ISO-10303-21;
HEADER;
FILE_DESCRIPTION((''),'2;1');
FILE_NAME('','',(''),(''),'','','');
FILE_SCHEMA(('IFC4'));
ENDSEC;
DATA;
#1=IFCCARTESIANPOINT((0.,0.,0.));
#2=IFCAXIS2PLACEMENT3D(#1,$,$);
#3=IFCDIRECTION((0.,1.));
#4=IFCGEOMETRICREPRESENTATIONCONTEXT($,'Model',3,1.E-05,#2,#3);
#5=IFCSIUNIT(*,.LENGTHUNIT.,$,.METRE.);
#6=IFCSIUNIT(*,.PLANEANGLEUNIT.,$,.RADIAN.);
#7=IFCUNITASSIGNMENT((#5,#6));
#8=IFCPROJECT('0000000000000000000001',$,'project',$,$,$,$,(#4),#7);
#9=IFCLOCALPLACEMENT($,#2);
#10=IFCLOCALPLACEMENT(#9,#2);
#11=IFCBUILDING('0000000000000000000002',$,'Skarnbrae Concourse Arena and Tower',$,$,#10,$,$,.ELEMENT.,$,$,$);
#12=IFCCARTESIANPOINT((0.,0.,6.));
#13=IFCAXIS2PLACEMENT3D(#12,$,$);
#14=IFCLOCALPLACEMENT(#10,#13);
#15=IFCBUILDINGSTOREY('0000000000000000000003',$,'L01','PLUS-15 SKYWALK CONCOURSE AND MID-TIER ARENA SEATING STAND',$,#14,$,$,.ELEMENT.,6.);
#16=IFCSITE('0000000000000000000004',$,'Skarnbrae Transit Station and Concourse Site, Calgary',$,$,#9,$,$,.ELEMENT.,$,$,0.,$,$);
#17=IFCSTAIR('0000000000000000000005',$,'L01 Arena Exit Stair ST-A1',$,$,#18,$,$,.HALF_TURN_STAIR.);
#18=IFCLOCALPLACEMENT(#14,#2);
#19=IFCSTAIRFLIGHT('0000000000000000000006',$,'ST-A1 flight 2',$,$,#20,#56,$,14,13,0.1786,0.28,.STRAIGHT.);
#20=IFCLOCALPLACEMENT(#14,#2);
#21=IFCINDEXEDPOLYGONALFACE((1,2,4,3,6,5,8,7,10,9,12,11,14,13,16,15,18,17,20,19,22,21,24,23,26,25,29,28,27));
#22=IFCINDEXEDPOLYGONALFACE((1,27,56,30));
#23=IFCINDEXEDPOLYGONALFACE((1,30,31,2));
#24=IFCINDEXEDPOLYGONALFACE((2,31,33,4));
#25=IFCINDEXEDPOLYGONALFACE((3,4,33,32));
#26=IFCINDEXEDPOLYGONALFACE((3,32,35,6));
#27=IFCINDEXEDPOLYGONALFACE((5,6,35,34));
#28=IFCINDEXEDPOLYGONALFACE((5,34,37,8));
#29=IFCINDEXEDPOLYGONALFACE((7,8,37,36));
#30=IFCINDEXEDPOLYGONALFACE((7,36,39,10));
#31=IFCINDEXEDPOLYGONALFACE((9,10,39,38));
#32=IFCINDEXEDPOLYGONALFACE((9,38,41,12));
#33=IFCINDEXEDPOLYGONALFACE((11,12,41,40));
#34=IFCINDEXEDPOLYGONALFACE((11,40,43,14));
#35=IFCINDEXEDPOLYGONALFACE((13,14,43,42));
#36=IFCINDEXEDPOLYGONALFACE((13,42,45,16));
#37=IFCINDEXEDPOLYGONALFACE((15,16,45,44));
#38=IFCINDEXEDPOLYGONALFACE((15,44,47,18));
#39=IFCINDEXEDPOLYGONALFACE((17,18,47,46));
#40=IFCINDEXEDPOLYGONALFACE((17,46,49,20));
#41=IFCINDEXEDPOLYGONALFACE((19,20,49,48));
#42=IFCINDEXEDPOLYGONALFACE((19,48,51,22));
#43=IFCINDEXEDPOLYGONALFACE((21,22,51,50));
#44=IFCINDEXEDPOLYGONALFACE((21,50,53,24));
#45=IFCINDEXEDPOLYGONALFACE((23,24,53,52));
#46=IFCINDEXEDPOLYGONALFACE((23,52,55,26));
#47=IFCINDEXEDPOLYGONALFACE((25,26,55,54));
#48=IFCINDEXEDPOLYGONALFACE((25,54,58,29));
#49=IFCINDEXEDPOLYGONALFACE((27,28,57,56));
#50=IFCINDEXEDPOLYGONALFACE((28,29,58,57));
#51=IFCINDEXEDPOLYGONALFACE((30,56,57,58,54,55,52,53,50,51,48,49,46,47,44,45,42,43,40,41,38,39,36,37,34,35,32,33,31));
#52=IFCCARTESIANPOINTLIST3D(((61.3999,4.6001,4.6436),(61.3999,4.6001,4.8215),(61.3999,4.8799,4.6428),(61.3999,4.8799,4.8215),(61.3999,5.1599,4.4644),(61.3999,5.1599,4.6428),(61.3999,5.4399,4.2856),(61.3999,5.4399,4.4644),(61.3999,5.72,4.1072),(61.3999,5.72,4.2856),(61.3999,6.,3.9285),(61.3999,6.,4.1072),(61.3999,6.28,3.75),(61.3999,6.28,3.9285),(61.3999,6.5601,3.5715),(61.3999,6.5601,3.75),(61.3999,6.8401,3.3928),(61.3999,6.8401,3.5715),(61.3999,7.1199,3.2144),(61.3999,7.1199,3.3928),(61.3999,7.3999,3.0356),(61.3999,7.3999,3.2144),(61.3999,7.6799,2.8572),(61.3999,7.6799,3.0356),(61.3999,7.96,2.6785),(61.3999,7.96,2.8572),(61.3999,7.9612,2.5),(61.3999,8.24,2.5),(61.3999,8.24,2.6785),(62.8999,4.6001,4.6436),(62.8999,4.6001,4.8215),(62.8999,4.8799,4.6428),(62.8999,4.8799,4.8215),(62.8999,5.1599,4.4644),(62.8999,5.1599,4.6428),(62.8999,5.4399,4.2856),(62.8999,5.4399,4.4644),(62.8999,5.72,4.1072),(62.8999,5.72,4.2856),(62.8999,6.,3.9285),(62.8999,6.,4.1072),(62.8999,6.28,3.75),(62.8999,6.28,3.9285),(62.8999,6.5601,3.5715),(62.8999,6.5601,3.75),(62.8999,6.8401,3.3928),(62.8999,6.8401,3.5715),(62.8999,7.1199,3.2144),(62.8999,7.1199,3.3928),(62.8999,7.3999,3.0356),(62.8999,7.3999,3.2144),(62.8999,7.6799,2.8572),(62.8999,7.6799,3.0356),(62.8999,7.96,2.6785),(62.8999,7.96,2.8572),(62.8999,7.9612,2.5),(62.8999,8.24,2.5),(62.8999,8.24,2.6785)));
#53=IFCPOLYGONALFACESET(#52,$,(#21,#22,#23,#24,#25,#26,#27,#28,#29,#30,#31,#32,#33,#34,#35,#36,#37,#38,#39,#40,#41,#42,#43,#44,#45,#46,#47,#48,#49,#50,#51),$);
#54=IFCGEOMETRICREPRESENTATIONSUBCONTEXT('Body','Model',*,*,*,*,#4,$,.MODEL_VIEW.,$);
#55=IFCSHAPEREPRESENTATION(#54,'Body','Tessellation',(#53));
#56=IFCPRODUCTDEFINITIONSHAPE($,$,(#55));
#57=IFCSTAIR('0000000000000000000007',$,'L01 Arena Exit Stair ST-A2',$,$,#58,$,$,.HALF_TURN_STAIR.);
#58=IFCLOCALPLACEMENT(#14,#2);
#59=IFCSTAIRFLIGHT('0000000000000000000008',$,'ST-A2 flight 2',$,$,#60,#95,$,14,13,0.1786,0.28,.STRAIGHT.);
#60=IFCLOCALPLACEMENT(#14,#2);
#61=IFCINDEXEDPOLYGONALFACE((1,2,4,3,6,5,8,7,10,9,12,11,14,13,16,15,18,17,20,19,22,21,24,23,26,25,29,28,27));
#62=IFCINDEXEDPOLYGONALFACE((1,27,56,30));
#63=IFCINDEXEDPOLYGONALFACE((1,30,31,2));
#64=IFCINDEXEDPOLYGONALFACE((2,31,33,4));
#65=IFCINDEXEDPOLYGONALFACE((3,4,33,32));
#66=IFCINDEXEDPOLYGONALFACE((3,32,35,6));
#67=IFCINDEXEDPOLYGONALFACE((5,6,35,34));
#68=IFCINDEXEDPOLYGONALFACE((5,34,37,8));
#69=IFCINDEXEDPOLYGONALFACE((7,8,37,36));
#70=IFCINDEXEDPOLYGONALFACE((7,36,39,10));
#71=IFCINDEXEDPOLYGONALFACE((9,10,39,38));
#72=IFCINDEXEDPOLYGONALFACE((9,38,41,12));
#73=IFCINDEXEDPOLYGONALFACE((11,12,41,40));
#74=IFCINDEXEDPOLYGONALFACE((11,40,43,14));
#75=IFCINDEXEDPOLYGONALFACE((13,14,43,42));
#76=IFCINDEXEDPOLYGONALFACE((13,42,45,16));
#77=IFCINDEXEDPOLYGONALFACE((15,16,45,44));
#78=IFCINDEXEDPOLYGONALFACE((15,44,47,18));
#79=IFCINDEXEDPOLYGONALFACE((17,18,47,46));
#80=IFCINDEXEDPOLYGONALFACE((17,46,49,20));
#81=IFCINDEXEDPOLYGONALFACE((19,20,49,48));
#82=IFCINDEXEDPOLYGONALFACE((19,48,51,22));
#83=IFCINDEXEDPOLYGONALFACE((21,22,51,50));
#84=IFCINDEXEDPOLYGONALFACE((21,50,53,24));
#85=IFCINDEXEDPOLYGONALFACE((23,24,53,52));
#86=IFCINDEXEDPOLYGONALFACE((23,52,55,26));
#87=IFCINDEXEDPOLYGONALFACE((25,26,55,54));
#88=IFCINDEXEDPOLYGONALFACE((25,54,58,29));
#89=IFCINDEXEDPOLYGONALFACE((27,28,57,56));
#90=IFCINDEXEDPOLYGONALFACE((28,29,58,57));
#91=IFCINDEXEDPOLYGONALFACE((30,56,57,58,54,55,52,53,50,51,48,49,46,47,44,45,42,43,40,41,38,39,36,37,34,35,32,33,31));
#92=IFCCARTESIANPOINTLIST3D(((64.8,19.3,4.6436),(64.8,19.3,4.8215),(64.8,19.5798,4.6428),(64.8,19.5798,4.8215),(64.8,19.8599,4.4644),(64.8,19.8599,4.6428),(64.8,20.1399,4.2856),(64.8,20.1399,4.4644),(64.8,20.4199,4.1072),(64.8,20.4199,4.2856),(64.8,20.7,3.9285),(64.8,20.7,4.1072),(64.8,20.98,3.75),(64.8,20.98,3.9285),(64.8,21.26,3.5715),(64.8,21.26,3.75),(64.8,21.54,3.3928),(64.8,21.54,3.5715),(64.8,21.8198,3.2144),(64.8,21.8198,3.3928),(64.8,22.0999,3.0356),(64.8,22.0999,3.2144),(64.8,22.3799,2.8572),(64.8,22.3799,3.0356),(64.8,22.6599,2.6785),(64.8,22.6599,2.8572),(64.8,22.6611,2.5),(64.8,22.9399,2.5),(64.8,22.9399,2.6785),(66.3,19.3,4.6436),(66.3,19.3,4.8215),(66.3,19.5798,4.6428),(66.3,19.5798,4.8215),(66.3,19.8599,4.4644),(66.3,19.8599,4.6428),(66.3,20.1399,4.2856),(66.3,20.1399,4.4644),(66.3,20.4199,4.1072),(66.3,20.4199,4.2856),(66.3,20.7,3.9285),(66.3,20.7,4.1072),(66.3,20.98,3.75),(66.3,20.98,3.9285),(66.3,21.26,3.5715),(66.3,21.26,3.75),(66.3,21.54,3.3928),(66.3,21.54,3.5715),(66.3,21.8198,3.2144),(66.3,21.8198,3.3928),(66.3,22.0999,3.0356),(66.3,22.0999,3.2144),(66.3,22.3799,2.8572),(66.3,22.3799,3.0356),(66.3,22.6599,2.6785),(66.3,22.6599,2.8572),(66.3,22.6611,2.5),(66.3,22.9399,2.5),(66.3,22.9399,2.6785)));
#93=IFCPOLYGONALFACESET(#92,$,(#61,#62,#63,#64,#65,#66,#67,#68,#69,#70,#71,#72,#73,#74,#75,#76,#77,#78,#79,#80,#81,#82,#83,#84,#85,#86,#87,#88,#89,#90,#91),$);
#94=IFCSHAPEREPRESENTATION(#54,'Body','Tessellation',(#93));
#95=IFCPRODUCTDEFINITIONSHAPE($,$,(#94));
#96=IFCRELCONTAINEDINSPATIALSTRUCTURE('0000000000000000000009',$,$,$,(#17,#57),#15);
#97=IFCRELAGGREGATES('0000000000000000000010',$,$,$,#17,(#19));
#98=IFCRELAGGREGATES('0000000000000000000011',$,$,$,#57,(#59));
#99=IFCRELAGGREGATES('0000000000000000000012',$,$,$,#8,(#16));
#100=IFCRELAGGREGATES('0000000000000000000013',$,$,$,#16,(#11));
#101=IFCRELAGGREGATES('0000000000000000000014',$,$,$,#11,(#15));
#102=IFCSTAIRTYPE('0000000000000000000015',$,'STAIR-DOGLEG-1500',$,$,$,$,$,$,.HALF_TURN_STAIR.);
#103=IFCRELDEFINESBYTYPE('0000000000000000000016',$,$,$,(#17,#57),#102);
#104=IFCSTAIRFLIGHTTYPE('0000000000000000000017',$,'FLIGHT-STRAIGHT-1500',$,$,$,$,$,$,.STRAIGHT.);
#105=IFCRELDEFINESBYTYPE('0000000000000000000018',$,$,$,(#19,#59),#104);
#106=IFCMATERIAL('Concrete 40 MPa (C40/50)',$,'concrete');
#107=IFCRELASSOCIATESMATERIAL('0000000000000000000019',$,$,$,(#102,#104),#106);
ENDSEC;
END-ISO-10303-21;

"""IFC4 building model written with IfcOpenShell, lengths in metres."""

from ifc_helpers import new_model, si_unit, direction, frame, origin, place, context, subcontext, project, spatial, polyline, outline, extrude, source, transform, mapped, material, type_object, element, aggregate, save


model = new_model("IFC4")

# Units and contexts
model_context = context("Model", 3, precision=1e-05, world=origin(), true_north=direction((0.0, 1.0)))
body_context = subcontext(model_context, "Body", "Model", "MODEL_VIEW")
ifc_project = project(units=[si_unit("LENGTHUNIT", "METRE"), si_unit("PLANEANGLEUNIT", "RADIAN")], contexts=[model_context])

# Site, building, storey
site_placement = place(None, origin())
site = spatial("IfcSite", under=ifc_project, at=site_placement, Name="Skarnbrae Transit Station and Concourse Site, Calgary", CompositionType="ELEMENT", RefElevation=0.0)
building_placement = place(site_placement, origin())
building = spatial("IfcBuilding", under=site, at=building_placement, Name="Skarnbrae Concourse Arena and Tower", CompositionType="ELEMENT")
storey_placement = place(building_placement, frame((0.0, 0.0, 6.0)))
storey = spatial("IfcBuildingStorey", under=building, at=storey_placement, Name="L01", Description="PLUS-15 SKYWALK CONCOURSE AND MID-TIER ARENA SEATING STAND", CompositionType="ELEMENT", Elevation=6.0)

# Stair, stair flight
ifc_material_1 = material(Name="Concrete 40 MPa (C40/50)", Category="concrete")
stair_type = type_object("IfcStairType", Name="STAIR-DOGLEG-1500", PredefinedType="HALF_TURN_STAIR", material=ifc_material_1)
stair_1_placement = place(storey_placement, origin())
stair_1 = element("IfcStair", 1, at=stair_1_placement, inside=storey, type_object=stair_type, Name="L01 Arena Exit Stair ST-A1", PredefinedType="HALF_TURN_STAIR")
stair_flight_type = type_object("IfcStairFlightType", Name="FLIGHT-STRAIGHT-1500", PredefinedType="STRAIGHT", material=ifc_material_1)
shared_shape_1 = source(origin(), body_context, "Body", "SweptSolid", [
    extrude(outline(polyline([(0.0, 0.0), (0.0, 0.1785), (0.28, 0.1785), (0.28, 0.3572), (0.5601, 0.3572), (0.5601, 0.5356), (0.8401, 0.5356), (0.8401, 0.7144), (1.1201, 0.7144), (1.1201, 0.8928), (1.3999, 0.8928), (1.3999, 1.0715), (1.6799, 1.0715), (1.6799, 1.25), (1.96, 1.25), (1.96, 1.4285), (2.24, 1.4285), (2.24, 1.6072), (2.52, 1.6072), (2.52, 1.7856), (2.8, 1.7856), (2.8, 1.9644), (3.0801, 1.9644), (3.0801, 2.1428), (3.3601, 2.1428), (3.3601, 2.3215), (3.6399, 2.3215), (3.6399, 2.5), (3.6399, 2.1436), (0.2788, 0.0), (0.0, 0.0)])), frame((0.0, 0.75, 0.0), z_axis=(0.0, -1.0, 0.0), x_axis=(1.0, 0.0, 0.0)), (0.0, 0.0, 1.0), 1.5),
])
stair_flight_1_placement = place(storey_placement, frame((62.1499, 8.24, 2.5), z_axis=(0.0, 0.0, 1.0), x_axis=(0.0, -1.0, 0.0)))
stair_flight_1 = element("IfcStairFlight", 2, at=stair_flight_1_placement, type_object=stair_flight_type, Name="ST-A1 flight 2", NumberOfRisers=14, NumberOfTreads=13, PredefinedType="STRAIGHT", RiserHeight=0.1786, TreadLength=0.28, context=body_context, shape_type="MappedRepresentation", body=[
    mapped(shared_shape_1, transform((0.0, 0.0, 0.0))),
])
aggregate(stair_1, [stair_flight_1])

# Stair, stair flight
stair_2_placement = place(storey_placement, origin())
stair_2 = element("IfcStair", 3, at=stair_2_placement, inside=storey, type_object=stair_type, Name="L01 Arena Exit Stair ST-A2", PredefinedType="HALF_TURN_STAIR")
stair_flight_2_placement = place(storey_placement, frame((65.55, 22.9399, 2.5), z_axis=(0.0, 0.0, 1.0), x_axis=(0.0, -1.0, 0.0)))
stair_flight_2 = element("IfcStairFlight", 4, at=stair_flight_2_placement, type_object=stair_flight_type, Name="ST-A2 flight 2", NumberOfRisers=14, NumberOfTreads=13, PredefinedType="STRAIGHT", RiserHeight=0.1786, TreadLength=0.28, context=body_context, shape_type="MappedRepresentation", body=[
    mapped(shared_shape_1, transform((0.0, 0.0, 0.0))),
])
aggregate(stair_2, [stair_flight_2])

save(model, "model.ifc")
